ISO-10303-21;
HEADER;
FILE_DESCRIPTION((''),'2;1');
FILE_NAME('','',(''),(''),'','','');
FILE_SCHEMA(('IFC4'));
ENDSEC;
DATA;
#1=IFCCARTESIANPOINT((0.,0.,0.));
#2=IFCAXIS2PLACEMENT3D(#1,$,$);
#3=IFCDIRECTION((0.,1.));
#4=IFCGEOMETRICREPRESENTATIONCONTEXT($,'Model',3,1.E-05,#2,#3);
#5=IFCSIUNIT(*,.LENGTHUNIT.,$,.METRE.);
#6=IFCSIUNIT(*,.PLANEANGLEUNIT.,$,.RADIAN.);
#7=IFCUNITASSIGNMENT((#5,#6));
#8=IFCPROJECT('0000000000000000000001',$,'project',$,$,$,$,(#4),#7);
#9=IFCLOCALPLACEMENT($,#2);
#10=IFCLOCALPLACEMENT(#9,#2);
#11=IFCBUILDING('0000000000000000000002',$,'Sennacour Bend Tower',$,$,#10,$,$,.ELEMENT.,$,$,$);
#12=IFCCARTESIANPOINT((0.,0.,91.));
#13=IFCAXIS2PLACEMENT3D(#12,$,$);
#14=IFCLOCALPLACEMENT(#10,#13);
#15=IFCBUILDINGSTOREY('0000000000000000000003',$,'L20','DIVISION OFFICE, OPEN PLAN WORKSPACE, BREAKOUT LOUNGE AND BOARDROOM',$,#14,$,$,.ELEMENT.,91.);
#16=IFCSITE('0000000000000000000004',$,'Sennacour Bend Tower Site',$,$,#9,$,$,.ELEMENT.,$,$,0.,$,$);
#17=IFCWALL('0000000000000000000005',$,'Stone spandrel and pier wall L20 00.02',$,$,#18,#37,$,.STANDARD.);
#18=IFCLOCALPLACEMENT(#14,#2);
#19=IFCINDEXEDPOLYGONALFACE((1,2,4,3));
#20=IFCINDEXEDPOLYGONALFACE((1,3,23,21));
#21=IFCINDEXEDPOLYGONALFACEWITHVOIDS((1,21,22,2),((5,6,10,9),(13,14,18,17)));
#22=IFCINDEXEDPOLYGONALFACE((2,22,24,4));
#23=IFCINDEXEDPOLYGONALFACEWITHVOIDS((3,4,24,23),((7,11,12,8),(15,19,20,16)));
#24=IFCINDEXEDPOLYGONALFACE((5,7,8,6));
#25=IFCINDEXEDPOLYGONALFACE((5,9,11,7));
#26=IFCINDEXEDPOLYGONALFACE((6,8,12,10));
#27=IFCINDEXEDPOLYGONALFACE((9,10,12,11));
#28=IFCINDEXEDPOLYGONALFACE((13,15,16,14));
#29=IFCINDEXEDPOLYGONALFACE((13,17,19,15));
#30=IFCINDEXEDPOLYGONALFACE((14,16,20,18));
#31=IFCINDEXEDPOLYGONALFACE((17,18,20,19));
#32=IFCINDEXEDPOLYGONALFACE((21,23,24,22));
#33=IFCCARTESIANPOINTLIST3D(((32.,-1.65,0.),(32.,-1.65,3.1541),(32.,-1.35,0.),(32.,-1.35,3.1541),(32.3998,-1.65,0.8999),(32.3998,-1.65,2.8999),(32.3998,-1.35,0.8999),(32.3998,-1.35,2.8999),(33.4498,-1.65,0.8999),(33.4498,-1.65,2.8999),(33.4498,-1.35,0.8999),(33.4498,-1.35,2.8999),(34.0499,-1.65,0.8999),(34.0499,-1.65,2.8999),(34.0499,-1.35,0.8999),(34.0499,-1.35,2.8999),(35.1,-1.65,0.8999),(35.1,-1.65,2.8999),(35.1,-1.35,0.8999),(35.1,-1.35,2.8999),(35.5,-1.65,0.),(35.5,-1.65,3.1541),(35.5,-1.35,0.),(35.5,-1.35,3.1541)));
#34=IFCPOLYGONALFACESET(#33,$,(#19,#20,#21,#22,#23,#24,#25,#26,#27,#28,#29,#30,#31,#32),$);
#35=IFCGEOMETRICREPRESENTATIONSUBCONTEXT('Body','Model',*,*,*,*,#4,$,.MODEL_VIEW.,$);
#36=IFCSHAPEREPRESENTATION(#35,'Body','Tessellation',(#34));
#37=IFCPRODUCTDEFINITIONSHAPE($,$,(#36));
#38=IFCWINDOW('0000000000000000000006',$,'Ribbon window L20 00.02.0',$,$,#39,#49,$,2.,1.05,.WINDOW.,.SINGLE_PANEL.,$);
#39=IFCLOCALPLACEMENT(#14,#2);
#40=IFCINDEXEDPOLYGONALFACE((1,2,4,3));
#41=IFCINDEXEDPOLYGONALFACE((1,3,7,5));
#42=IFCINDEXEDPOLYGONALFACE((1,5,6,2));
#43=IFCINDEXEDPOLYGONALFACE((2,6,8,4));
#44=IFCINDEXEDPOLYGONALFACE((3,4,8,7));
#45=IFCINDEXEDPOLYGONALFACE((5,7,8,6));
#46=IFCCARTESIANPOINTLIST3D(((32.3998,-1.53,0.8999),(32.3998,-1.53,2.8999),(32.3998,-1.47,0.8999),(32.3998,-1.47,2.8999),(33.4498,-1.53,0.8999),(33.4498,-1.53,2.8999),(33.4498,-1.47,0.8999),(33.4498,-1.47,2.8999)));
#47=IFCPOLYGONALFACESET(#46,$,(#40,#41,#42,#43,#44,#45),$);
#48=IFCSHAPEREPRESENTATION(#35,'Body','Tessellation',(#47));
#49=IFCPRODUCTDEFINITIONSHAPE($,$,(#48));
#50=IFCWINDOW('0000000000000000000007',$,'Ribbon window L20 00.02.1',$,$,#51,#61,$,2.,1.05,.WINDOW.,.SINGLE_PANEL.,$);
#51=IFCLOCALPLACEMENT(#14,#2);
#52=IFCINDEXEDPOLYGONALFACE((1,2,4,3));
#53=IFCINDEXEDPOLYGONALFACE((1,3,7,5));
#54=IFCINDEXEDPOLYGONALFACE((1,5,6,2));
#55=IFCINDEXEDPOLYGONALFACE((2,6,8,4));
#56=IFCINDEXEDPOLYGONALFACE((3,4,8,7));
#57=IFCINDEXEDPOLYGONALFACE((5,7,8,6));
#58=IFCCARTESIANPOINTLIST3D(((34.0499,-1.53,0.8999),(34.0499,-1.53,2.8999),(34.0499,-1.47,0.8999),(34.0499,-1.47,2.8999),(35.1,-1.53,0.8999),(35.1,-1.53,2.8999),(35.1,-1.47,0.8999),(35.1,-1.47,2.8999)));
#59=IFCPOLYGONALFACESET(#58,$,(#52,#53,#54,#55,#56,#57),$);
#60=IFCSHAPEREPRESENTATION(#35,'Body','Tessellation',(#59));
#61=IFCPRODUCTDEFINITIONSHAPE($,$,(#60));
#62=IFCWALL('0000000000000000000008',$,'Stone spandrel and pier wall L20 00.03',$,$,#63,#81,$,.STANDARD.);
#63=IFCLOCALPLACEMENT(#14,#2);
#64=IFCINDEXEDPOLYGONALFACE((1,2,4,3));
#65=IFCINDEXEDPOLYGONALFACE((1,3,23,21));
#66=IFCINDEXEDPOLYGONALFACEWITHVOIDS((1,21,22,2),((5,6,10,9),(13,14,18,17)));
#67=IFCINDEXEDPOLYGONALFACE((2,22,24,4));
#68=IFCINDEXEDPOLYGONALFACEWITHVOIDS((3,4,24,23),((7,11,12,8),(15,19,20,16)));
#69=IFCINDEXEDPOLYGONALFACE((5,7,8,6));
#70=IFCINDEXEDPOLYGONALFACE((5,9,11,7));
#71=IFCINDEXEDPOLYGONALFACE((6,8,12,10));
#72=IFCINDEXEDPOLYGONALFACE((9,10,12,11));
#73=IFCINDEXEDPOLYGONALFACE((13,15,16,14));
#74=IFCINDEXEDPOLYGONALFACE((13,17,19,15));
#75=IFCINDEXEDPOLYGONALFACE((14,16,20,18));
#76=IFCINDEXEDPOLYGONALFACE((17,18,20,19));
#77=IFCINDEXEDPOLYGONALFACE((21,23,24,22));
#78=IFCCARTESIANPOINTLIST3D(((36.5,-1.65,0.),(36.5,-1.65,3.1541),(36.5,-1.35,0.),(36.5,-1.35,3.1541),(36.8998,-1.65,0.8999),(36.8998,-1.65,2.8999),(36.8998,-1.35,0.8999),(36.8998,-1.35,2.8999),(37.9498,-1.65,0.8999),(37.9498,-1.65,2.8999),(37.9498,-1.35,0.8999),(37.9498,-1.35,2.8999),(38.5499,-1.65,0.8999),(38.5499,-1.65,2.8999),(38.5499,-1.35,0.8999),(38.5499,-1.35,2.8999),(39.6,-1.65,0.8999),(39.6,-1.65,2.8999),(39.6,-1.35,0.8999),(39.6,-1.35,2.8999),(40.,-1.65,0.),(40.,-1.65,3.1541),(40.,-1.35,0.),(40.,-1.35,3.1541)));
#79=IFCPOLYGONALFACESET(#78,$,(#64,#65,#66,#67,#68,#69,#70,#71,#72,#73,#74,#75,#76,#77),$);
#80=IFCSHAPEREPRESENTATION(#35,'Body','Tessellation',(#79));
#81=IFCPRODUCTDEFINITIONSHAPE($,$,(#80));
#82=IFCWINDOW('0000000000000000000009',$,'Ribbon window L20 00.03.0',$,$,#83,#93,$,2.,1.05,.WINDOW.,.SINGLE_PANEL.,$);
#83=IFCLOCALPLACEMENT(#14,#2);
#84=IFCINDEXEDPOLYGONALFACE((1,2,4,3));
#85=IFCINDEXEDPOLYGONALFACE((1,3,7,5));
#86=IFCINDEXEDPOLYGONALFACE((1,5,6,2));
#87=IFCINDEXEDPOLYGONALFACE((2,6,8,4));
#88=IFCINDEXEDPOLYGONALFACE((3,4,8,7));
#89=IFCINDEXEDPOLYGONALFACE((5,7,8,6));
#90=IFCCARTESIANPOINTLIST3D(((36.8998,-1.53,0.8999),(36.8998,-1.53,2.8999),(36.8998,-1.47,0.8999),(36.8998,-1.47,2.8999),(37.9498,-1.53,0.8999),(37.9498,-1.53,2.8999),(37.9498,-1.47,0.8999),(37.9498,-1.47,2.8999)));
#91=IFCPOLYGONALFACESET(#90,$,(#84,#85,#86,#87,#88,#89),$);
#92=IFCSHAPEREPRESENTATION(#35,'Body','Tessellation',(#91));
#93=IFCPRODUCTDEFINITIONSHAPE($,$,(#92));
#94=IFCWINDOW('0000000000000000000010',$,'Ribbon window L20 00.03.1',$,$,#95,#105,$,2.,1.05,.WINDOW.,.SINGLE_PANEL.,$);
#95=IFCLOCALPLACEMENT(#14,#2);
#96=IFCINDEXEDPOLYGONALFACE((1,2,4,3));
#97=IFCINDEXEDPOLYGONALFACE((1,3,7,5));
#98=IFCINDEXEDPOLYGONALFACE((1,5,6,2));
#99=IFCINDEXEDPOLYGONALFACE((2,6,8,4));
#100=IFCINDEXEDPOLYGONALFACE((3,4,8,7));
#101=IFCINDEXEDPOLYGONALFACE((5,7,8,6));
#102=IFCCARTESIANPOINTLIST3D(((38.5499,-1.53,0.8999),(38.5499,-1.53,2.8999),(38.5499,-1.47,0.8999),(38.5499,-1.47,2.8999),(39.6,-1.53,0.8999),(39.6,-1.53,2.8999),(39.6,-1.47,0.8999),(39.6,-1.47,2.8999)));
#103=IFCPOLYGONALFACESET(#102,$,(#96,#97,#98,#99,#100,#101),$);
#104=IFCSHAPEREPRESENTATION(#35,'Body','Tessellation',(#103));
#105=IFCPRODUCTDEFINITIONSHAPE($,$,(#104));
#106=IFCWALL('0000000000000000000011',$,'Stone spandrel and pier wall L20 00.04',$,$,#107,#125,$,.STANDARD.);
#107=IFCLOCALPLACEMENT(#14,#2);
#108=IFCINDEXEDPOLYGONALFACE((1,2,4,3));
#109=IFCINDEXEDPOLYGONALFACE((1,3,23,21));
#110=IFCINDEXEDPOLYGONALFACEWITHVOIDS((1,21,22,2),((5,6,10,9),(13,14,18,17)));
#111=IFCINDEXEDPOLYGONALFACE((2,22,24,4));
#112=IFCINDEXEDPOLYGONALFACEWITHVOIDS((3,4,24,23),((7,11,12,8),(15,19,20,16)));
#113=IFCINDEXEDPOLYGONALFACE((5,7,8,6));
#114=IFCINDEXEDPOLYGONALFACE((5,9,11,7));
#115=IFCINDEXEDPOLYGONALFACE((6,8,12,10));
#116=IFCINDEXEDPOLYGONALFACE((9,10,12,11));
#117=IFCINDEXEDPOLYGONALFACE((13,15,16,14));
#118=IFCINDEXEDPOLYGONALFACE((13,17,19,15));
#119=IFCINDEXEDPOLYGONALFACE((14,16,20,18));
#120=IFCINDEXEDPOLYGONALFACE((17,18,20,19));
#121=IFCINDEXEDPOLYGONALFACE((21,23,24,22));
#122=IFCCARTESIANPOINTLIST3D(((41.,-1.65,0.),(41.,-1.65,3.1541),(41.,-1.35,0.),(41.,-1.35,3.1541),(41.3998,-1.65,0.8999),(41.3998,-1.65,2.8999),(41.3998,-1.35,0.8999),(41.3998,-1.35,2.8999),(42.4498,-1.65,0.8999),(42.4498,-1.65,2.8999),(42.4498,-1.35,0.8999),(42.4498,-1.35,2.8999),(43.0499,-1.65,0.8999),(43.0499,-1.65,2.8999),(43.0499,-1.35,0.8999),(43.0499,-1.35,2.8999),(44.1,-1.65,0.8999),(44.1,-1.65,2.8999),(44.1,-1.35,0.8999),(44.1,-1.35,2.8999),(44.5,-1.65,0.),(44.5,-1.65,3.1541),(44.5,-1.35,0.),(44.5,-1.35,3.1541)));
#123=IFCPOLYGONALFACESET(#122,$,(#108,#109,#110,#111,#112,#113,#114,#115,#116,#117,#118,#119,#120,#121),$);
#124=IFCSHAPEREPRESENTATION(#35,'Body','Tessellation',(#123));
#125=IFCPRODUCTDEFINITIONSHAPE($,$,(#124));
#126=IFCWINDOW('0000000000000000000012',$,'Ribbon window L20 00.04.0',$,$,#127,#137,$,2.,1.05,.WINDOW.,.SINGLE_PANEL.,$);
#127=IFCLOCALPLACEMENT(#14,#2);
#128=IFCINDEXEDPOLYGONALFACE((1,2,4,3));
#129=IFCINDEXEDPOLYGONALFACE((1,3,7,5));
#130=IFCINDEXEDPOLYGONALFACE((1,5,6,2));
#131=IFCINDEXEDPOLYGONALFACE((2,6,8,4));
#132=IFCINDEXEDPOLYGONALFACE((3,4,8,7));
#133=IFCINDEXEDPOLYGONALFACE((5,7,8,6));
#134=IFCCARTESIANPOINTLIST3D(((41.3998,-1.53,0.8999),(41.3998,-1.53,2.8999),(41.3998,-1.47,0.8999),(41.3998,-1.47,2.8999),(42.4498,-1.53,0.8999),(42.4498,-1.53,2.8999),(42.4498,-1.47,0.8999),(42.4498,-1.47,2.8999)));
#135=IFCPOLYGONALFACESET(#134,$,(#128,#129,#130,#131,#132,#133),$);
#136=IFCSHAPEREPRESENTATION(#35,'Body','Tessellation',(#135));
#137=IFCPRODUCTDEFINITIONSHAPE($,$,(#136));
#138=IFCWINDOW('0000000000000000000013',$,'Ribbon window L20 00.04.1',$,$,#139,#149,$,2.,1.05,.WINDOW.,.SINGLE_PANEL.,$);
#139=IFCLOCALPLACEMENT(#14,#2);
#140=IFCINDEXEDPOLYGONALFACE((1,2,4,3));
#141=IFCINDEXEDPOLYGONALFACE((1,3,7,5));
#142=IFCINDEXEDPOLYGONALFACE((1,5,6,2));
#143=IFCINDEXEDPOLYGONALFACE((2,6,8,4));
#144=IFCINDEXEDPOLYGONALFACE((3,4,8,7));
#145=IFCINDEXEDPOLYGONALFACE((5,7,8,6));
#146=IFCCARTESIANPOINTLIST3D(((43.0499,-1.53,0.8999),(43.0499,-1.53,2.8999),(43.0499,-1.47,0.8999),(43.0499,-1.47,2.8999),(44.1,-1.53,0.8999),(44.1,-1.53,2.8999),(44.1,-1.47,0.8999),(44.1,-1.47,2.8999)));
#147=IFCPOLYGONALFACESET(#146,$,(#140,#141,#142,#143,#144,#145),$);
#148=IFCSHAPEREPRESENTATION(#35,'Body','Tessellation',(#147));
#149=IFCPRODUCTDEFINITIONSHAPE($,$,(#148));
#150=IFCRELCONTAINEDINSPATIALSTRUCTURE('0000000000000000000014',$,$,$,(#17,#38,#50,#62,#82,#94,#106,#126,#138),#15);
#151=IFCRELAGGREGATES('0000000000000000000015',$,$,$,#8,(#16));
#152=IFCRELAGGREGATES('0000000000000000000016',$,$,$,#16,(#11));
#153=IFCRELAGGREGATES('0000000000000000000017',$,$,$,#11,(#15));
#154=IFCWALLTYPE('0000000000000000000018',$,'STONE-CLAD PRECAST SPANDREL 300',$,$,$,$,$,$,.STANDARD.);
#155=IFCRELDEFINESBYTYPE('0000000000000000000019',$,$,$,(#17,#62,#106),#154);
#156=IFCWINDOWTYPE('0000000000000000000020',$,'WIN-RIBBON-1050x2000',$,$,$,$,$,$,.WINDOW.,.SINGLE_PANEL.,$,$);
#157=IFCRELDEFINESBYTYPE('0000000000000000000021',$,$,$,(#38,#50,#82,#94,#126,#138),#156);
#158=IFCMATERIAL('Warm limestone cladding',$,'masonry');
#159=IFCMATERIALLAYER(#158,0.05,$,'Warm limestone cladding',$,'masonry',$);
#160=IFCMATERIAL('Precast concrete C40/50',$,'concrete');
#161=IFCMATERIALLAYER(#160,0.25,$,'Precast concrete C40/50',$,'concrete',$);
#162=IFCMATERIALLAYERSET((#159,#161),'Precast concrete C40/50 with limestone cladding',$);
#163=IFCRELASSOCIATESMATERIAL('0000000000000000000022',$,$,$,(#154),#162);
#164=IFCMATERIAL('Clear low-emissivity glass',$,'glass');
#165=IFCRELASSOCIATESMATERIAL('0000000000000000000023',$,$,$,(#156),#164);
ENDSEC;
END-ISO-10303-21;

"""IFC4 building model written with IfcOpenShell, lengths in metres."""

from ifc_helpers import new_model, si_unit, direction, frame, frame_2d, origin, place, context, subcontext, project, spatial, rectangle, extrude, material, layer, layer_set, type_object, element, fill, save


model = new_model("IFC4")

# Units and contexts
model_context = context("Model", 3, precision=1e-05, world=origin(), true_north=direction((0.0, 1.0)))
body_context = subcontext(model_context, "Body", "Model", "MODEL_VIEW")
ifc_project = project(units=[si_unit("LENGTHUNIT", "METRE"), si_unit("PLANEANGLEUNIT", "RADIAN")], contexts=[model_context])

# Site, building, storey
site_placement = place(None, origin())
site = spatial("IfcSite", under=ifc_project, at=site_placement, Name="Sennacour Bend Tower Site", CompositionType="ELEMENT", RefElevation=0.0)
building_placement = place(site_placement, origin())
building = spatial("IfcBuilding", under=site, at=building_placement, Name="Sennacour Bend Tower", CompositionType="ELEMENT")
storey_placement = place(building_placement, frame((0.0, 0.0, 91.0)))
storey = spatial("IfcBuildingStorey", under=building, at=storey_placement, Name="L20", Description="DIVISION OFFICE, OPEN PLAN WORKSPACE, BREAKOUT LOUNGE AND BOARDROOM", CompositionType="ELEMENT", Elevation=91.0)

# Walls, openings, windows
ifc_material_1 = material(Name="Warm limestone cladding", Category="masonry")
ifc_layer_1 = layer(ifc_material_1, 0.05, Name="Warm limestone cladding", Category="masonry")
ifc_material_2 = material(Name="Precast concrete C40/50", Category="concrete")
ifc_layer_2 = layer(ifc_material_2, 0.25, Name="Precast concrete C40/50", Category="concrete")
ifc_layer_set_1 = layer_set([ifc_layer_1, ifc_layer_2], Name="Precast concrete C40/50 with limestone cladding")
wall_type_1 = type_object("IfcWallType", Name="STONE-CLAD PRECAST SPANDREL 300", PredefinedType="STANDARD", material=ifc_layer_set_1)
wall_1_placement = place(storey_placement, frame((32.0, -1.5, 0.0), z_axis=(0.0, 0.0, 1.0), x_axis=(1.0, 0.0, 0.0)))
wall_1 = element("IfcWall", 1, at=wall_1_placement, inside=storey, type_object=wall_type_1, Name="Stone spandrel and pier wall L20 00.02", PredefinedType="STANDARD", context=body_context, shape_type="SweptSolid", body=[
    extrude(rectangle(XDim=3.5, YDim=0.3, at=frame_2d((1.75, 0.0))), origin(), (0.0, 0.0, 1.0), 3.1541),
])
opening_1_placement = place(wall_1_placement, frame((0.3999, 0.0, 0.8999)))
opening_1 = element("IfcOpeningElement", 2, at=opening_1_placement, cuts=wall_1, PredefinedType="OPENING", context=body_context, shape_type="SweptSolid", body=[
    extrude(rectangle(XDim=1.05, YDim=2.0, at=frame_2d((0.5249, 1.0))), frame((0.0, 0.1602, 0.0), z_axis=(0.0, -1.0, 0.0), x_axis=(1.0, 0.0, 0.0)), (0.0, 0.0, 1.0), 0.3201),
])
opening_2_placement = place(wall_1_placement, frame((2.05, 0.0, 0.8999)))
opening_2 = element("IfcOpeningElement", 3, at=opening_2_placement, cuts=wall_1, PredefinedType="OPENING", context=body_context, shape_type="SweptSolid", body=[
    extrude(rectangle(XDim=1.05, YDim=2.0, at=frame_2d((0.5249, 1.0))), frame((0.0, 0.1602, 0.0), z_axis=(0.0, -1.0, 0.0), x_axis=(1.0, 0.0, 0.0)), (0.0, 0.0, 1.0), 0.3201),
])
ifc_material_3 = material(Name="Clear low-emissivity glass", Category="glass")
window_type = type_object("IfcWindowType", Name="WIN-RIBBON-1050x2000", PartitioningType="SINGLE_PANEL", PredefinedType="WINDOW", material=ifc_material_3)
window_1_placement = place(opening_1_placement, origin())
window_1 = element("IfcWindow", 4, at=window_1_placement, inside=storey, type_object=window_type, Name="Ribbon window L20 00.02.0", OverallHeight=2.0, OverallWidth=1.05, PartitioningType="SINGLE_PANEL", PredefinedType="WINDOW", context=body_context, shape_type="SweptSolid", body=[
    extrude(rectangle(XDim=1.05, YDim=2.0, at=frame_2d((0.5249, 1.0))), frame((0.0, 0.03, 0.0), z_axis=(0.0, -1.0, 0.0), x_axis=(1.0, 0.0, 0.0)), (0.0, 0.0, 1.0), 0.0601),
])
fill(opening_1, window_1)
window_2_placement = place(opening_2_placement, origin())
window_2 = element("IfcWindow", 5, at=window_2_placement, inside=storey, type_object=window_type, Name="Ribbon window L20 00.02.1", OverallHeight=2.0, OverallWidth=1.05, PartitioningType="SINGLE_PANEL", PredefinedType="WINDOW", context=body_context, shape_type="SweptSolid", body=[
    extrude(rectangle(XDim=1.05, YDim=2.0, at=frame_2d((0.5249, 1.0))), frame((0.0, 0.03, 0.0), z_axis=(0.0, -1.0, 0.0), x_axis=(1.0, 0.0, 0.0)), (0.0, 0.0, 1.0), 0.0601),
])
fill(opening_2, window_2)
wall_2_placement = place(storey_placement, frame((36.5, -1.5, 0.0), z_axis=(0.0, 0.0, 1.0), x_axis=(1.0, 0.0, 0.0)))
wall_2 = element("IfcWall", 6, at=wall_2_placement, inside=storey, type_object=wall_type_1, Name="Stone spandrel and pier wall L20 00.03", PredefinedType="STANDARD", context=body_context, shape_type="SweptSolid", body=[
    extrude(rectangle(XDim=3.5, YDim=0.3, at=frame_2d((1.75, 0.0))), origin(), (0.0, 0.0, 1.0), 3.1541),
])
opening_3_placement = place(wall_2_placement, frame((0.3999, 0.0, 0.8999)))
opening_3 = element("IfcOpeningElement", 7, at=opening_3_placement, cuts=wall_2, PredefinedType="OPENING", context=body_context, shape_type="SweptSolid", body=[
    extrude(rectangle(XDim=1.05, YDim=2.0, at=frame_2d((0.5249, 1.0))), frame((0.0, 0.1602, 0.0), z_axis=(0.0, -1.0, 0.0), x_axis=(1.0, 0.0, 0.0)), (0.0, 0.0, 1.0), 0.3201),
])
opening_4_placement = place(wall_2_placement, frame((2.05, 0.0, 0.8999)))
opening_4 = element("IfcOpeningElement", 8, at=opening_4_placement, cuts=wall_2, PredefinedType="OPENING", context=body_context, shape_type="SweptSolid", body=[
    extrude(rectangle(XDim=1.05, YDim=2.0, at=frame_2d((0.5249, 1.0))), frame((0.0, 0.1602, 0.0), z_axis=(0.0, -1.0, 0.0), x_axis=(1.0, 0.0, 0.0)), (0.0, 0.0, 1.0), 0.3201),
])
window_3_placement = place(opening_3_placement, origin())
window_3 = element("IfcWindow", 9, at=window_3_placement, inside=storey, type_object=window_type, Name="Ribbon window L20 00.03.0", OverallHeight=2.0, OverallWidth=1.05, PartitioningType="SINGLE_PANEL", PredefinedType="WINDOW", context=body_context, shape_type="SweptSolid", body=[
    extrude(rectangle(XDim=1.05, YDim=2.0, at=frame_2d((0.5249, 1.0))), frame((0.0, 0.03, 0.0), z_axis=(0.0, -1.0, 0.0), x_axis=(1.0, 0.0, 0.0)), (0.0, 0.0, 1.0), 0.0601),
])
fill(opening_3, window_3)
window_4_placement = place(opening_4_placement, origin())
window_4 = element("IfcWindow", 10, at=window_4_placement, inside=storey, type_object=window_type, Name="Ribbon window L20 00.03.1", OverallHeight=2.0, OverallWidth=1.05, PartitioningType="SINGLE_PANEL", PredefinedType="WINDOW", context=body_context, shape_type="SweptSolid", body=[
    extrude(rectangle(XDim=1.05, YDim=2.0, at=frame_2d((0.5249, 1.0))), frame((0.0, 0.03, 0.0), z_axis=(0.0, -1.0, 0.0), x_axis=(1.0, 0.0, 0.0)), (0.0, 0.0, 1.0), 0.0601),
])
fill(opening_4, window_4)
wall_3_placement = place(storey_placement, frame((41.0, -1.5, 0.0), z_axis=(0.0, 0.0, 1.0), x_axis=(1.0, 0.0, 0.0)))
wall_3 = element("IfcWall", 11, at=wall_3_placement, inside=storey, type_object=wall_type_1, Name="Stone spandrel and pier wall L20 00.04", PredefinedType="STANDARD", context=body_context, shape_type="SweptSolid", body=[
    extrude(rectangle(XDim=3.5, YDim=0.3, at=frame_2d((1.75, 0.0))), origin(), (0.0, 0.0, 1.0), 3.1541),
])
opening_5_placement = place(wall_3_placement, frame((0.3999, 0.0, 0.8999)))
opening_5 = element("IfcOpeningElement", 12, at=opening_5_placement, cuts=wall_3, PredefinedType="OPENING", context=body_context, shape_type="SweptSolid", body=[
    extrude(rectangle(XDim=1.05, YDim=2.0, at=frame_2d((0.5249, 1.0))), frame((0.0, 0.1602, 0.0), z_axis=(0.0, -1.0, 0.0), x_axis=(1.0, 0.0, 0.0)), (0.0, 0.0, 1.0), 0.3201),
])
opening_6_placement = place(wall_3_placement, frame((2.05, 0.0, 0.8999)))
opening_6 = element("IfcOpeningElement", 13, at=opening_6_placement, cuts=wall_3, PredefinedType="OPENING", context=body_context, shape_type="SweptSolid", body=[
    extrude(rectangle(XDim=1.05, YDim=2.0, at=frame_2d((0.5249, 1.0))), frame((0.0, 0.1602, 0.0), z_axis=(0.0, -1.0, 0.0), x_axis=(1.0, 0.0, 0.0)), (0.0, 0.0, 1.0), 0.3201),
])
window_5_placement = place(opening_5_placement, origin())
window_5 = element("IfcWindow", 14, at=window_5_placement, inside=storey, type_object=window_type, Name="Ribbon window L20 00.04.0", OverallHeight=2.0, OverallWidth=1.05, PartitioningType="SINGLE_PANEL", PredefinedType="WINDOW", context=body_context, shape_type="SweptSolid", body=[
    extrude(rectangle(XDim=1.05, YDim=2.0, at=frame_2d((0.5249, 1.0))), frame((0.0, 0.03, 0.0), z_axis=(0.0, -1.0, 0.0), x_axis=(1.0, 0.0, 0.0)), (0.0, 0.0, 1.0), 0.0601),
])
fill(opening_5, window_5)
window_6_placement = place(opening_6_placement, origin())
window_6 = element("IfcWindow", 15, at=window_6_placement, inside=storey, type_object=window_type, Name="Ribbon window L20 00.04.1", OverallHeight=2.0, OverallWidth=1.05, PartitioningType="SINGLE_PANEL", PredefinedType="WINDOW", context=body_context, shape_type="SweptSolid", body=[
    extrude(rectangle(XDim=1.05, YDim=2.0, at=frame_2d((0.5249, 1.0))), frame((0.0, 0.03, 0.0), z_axis=(0.0, -1.0, 0.0), x_axis=(1.0, 0.0, 0.0)), (0.0, 0.0, 1.0), 0.0601),
])
fill(opening_6, window_6)

save(model, "model.ifc")
